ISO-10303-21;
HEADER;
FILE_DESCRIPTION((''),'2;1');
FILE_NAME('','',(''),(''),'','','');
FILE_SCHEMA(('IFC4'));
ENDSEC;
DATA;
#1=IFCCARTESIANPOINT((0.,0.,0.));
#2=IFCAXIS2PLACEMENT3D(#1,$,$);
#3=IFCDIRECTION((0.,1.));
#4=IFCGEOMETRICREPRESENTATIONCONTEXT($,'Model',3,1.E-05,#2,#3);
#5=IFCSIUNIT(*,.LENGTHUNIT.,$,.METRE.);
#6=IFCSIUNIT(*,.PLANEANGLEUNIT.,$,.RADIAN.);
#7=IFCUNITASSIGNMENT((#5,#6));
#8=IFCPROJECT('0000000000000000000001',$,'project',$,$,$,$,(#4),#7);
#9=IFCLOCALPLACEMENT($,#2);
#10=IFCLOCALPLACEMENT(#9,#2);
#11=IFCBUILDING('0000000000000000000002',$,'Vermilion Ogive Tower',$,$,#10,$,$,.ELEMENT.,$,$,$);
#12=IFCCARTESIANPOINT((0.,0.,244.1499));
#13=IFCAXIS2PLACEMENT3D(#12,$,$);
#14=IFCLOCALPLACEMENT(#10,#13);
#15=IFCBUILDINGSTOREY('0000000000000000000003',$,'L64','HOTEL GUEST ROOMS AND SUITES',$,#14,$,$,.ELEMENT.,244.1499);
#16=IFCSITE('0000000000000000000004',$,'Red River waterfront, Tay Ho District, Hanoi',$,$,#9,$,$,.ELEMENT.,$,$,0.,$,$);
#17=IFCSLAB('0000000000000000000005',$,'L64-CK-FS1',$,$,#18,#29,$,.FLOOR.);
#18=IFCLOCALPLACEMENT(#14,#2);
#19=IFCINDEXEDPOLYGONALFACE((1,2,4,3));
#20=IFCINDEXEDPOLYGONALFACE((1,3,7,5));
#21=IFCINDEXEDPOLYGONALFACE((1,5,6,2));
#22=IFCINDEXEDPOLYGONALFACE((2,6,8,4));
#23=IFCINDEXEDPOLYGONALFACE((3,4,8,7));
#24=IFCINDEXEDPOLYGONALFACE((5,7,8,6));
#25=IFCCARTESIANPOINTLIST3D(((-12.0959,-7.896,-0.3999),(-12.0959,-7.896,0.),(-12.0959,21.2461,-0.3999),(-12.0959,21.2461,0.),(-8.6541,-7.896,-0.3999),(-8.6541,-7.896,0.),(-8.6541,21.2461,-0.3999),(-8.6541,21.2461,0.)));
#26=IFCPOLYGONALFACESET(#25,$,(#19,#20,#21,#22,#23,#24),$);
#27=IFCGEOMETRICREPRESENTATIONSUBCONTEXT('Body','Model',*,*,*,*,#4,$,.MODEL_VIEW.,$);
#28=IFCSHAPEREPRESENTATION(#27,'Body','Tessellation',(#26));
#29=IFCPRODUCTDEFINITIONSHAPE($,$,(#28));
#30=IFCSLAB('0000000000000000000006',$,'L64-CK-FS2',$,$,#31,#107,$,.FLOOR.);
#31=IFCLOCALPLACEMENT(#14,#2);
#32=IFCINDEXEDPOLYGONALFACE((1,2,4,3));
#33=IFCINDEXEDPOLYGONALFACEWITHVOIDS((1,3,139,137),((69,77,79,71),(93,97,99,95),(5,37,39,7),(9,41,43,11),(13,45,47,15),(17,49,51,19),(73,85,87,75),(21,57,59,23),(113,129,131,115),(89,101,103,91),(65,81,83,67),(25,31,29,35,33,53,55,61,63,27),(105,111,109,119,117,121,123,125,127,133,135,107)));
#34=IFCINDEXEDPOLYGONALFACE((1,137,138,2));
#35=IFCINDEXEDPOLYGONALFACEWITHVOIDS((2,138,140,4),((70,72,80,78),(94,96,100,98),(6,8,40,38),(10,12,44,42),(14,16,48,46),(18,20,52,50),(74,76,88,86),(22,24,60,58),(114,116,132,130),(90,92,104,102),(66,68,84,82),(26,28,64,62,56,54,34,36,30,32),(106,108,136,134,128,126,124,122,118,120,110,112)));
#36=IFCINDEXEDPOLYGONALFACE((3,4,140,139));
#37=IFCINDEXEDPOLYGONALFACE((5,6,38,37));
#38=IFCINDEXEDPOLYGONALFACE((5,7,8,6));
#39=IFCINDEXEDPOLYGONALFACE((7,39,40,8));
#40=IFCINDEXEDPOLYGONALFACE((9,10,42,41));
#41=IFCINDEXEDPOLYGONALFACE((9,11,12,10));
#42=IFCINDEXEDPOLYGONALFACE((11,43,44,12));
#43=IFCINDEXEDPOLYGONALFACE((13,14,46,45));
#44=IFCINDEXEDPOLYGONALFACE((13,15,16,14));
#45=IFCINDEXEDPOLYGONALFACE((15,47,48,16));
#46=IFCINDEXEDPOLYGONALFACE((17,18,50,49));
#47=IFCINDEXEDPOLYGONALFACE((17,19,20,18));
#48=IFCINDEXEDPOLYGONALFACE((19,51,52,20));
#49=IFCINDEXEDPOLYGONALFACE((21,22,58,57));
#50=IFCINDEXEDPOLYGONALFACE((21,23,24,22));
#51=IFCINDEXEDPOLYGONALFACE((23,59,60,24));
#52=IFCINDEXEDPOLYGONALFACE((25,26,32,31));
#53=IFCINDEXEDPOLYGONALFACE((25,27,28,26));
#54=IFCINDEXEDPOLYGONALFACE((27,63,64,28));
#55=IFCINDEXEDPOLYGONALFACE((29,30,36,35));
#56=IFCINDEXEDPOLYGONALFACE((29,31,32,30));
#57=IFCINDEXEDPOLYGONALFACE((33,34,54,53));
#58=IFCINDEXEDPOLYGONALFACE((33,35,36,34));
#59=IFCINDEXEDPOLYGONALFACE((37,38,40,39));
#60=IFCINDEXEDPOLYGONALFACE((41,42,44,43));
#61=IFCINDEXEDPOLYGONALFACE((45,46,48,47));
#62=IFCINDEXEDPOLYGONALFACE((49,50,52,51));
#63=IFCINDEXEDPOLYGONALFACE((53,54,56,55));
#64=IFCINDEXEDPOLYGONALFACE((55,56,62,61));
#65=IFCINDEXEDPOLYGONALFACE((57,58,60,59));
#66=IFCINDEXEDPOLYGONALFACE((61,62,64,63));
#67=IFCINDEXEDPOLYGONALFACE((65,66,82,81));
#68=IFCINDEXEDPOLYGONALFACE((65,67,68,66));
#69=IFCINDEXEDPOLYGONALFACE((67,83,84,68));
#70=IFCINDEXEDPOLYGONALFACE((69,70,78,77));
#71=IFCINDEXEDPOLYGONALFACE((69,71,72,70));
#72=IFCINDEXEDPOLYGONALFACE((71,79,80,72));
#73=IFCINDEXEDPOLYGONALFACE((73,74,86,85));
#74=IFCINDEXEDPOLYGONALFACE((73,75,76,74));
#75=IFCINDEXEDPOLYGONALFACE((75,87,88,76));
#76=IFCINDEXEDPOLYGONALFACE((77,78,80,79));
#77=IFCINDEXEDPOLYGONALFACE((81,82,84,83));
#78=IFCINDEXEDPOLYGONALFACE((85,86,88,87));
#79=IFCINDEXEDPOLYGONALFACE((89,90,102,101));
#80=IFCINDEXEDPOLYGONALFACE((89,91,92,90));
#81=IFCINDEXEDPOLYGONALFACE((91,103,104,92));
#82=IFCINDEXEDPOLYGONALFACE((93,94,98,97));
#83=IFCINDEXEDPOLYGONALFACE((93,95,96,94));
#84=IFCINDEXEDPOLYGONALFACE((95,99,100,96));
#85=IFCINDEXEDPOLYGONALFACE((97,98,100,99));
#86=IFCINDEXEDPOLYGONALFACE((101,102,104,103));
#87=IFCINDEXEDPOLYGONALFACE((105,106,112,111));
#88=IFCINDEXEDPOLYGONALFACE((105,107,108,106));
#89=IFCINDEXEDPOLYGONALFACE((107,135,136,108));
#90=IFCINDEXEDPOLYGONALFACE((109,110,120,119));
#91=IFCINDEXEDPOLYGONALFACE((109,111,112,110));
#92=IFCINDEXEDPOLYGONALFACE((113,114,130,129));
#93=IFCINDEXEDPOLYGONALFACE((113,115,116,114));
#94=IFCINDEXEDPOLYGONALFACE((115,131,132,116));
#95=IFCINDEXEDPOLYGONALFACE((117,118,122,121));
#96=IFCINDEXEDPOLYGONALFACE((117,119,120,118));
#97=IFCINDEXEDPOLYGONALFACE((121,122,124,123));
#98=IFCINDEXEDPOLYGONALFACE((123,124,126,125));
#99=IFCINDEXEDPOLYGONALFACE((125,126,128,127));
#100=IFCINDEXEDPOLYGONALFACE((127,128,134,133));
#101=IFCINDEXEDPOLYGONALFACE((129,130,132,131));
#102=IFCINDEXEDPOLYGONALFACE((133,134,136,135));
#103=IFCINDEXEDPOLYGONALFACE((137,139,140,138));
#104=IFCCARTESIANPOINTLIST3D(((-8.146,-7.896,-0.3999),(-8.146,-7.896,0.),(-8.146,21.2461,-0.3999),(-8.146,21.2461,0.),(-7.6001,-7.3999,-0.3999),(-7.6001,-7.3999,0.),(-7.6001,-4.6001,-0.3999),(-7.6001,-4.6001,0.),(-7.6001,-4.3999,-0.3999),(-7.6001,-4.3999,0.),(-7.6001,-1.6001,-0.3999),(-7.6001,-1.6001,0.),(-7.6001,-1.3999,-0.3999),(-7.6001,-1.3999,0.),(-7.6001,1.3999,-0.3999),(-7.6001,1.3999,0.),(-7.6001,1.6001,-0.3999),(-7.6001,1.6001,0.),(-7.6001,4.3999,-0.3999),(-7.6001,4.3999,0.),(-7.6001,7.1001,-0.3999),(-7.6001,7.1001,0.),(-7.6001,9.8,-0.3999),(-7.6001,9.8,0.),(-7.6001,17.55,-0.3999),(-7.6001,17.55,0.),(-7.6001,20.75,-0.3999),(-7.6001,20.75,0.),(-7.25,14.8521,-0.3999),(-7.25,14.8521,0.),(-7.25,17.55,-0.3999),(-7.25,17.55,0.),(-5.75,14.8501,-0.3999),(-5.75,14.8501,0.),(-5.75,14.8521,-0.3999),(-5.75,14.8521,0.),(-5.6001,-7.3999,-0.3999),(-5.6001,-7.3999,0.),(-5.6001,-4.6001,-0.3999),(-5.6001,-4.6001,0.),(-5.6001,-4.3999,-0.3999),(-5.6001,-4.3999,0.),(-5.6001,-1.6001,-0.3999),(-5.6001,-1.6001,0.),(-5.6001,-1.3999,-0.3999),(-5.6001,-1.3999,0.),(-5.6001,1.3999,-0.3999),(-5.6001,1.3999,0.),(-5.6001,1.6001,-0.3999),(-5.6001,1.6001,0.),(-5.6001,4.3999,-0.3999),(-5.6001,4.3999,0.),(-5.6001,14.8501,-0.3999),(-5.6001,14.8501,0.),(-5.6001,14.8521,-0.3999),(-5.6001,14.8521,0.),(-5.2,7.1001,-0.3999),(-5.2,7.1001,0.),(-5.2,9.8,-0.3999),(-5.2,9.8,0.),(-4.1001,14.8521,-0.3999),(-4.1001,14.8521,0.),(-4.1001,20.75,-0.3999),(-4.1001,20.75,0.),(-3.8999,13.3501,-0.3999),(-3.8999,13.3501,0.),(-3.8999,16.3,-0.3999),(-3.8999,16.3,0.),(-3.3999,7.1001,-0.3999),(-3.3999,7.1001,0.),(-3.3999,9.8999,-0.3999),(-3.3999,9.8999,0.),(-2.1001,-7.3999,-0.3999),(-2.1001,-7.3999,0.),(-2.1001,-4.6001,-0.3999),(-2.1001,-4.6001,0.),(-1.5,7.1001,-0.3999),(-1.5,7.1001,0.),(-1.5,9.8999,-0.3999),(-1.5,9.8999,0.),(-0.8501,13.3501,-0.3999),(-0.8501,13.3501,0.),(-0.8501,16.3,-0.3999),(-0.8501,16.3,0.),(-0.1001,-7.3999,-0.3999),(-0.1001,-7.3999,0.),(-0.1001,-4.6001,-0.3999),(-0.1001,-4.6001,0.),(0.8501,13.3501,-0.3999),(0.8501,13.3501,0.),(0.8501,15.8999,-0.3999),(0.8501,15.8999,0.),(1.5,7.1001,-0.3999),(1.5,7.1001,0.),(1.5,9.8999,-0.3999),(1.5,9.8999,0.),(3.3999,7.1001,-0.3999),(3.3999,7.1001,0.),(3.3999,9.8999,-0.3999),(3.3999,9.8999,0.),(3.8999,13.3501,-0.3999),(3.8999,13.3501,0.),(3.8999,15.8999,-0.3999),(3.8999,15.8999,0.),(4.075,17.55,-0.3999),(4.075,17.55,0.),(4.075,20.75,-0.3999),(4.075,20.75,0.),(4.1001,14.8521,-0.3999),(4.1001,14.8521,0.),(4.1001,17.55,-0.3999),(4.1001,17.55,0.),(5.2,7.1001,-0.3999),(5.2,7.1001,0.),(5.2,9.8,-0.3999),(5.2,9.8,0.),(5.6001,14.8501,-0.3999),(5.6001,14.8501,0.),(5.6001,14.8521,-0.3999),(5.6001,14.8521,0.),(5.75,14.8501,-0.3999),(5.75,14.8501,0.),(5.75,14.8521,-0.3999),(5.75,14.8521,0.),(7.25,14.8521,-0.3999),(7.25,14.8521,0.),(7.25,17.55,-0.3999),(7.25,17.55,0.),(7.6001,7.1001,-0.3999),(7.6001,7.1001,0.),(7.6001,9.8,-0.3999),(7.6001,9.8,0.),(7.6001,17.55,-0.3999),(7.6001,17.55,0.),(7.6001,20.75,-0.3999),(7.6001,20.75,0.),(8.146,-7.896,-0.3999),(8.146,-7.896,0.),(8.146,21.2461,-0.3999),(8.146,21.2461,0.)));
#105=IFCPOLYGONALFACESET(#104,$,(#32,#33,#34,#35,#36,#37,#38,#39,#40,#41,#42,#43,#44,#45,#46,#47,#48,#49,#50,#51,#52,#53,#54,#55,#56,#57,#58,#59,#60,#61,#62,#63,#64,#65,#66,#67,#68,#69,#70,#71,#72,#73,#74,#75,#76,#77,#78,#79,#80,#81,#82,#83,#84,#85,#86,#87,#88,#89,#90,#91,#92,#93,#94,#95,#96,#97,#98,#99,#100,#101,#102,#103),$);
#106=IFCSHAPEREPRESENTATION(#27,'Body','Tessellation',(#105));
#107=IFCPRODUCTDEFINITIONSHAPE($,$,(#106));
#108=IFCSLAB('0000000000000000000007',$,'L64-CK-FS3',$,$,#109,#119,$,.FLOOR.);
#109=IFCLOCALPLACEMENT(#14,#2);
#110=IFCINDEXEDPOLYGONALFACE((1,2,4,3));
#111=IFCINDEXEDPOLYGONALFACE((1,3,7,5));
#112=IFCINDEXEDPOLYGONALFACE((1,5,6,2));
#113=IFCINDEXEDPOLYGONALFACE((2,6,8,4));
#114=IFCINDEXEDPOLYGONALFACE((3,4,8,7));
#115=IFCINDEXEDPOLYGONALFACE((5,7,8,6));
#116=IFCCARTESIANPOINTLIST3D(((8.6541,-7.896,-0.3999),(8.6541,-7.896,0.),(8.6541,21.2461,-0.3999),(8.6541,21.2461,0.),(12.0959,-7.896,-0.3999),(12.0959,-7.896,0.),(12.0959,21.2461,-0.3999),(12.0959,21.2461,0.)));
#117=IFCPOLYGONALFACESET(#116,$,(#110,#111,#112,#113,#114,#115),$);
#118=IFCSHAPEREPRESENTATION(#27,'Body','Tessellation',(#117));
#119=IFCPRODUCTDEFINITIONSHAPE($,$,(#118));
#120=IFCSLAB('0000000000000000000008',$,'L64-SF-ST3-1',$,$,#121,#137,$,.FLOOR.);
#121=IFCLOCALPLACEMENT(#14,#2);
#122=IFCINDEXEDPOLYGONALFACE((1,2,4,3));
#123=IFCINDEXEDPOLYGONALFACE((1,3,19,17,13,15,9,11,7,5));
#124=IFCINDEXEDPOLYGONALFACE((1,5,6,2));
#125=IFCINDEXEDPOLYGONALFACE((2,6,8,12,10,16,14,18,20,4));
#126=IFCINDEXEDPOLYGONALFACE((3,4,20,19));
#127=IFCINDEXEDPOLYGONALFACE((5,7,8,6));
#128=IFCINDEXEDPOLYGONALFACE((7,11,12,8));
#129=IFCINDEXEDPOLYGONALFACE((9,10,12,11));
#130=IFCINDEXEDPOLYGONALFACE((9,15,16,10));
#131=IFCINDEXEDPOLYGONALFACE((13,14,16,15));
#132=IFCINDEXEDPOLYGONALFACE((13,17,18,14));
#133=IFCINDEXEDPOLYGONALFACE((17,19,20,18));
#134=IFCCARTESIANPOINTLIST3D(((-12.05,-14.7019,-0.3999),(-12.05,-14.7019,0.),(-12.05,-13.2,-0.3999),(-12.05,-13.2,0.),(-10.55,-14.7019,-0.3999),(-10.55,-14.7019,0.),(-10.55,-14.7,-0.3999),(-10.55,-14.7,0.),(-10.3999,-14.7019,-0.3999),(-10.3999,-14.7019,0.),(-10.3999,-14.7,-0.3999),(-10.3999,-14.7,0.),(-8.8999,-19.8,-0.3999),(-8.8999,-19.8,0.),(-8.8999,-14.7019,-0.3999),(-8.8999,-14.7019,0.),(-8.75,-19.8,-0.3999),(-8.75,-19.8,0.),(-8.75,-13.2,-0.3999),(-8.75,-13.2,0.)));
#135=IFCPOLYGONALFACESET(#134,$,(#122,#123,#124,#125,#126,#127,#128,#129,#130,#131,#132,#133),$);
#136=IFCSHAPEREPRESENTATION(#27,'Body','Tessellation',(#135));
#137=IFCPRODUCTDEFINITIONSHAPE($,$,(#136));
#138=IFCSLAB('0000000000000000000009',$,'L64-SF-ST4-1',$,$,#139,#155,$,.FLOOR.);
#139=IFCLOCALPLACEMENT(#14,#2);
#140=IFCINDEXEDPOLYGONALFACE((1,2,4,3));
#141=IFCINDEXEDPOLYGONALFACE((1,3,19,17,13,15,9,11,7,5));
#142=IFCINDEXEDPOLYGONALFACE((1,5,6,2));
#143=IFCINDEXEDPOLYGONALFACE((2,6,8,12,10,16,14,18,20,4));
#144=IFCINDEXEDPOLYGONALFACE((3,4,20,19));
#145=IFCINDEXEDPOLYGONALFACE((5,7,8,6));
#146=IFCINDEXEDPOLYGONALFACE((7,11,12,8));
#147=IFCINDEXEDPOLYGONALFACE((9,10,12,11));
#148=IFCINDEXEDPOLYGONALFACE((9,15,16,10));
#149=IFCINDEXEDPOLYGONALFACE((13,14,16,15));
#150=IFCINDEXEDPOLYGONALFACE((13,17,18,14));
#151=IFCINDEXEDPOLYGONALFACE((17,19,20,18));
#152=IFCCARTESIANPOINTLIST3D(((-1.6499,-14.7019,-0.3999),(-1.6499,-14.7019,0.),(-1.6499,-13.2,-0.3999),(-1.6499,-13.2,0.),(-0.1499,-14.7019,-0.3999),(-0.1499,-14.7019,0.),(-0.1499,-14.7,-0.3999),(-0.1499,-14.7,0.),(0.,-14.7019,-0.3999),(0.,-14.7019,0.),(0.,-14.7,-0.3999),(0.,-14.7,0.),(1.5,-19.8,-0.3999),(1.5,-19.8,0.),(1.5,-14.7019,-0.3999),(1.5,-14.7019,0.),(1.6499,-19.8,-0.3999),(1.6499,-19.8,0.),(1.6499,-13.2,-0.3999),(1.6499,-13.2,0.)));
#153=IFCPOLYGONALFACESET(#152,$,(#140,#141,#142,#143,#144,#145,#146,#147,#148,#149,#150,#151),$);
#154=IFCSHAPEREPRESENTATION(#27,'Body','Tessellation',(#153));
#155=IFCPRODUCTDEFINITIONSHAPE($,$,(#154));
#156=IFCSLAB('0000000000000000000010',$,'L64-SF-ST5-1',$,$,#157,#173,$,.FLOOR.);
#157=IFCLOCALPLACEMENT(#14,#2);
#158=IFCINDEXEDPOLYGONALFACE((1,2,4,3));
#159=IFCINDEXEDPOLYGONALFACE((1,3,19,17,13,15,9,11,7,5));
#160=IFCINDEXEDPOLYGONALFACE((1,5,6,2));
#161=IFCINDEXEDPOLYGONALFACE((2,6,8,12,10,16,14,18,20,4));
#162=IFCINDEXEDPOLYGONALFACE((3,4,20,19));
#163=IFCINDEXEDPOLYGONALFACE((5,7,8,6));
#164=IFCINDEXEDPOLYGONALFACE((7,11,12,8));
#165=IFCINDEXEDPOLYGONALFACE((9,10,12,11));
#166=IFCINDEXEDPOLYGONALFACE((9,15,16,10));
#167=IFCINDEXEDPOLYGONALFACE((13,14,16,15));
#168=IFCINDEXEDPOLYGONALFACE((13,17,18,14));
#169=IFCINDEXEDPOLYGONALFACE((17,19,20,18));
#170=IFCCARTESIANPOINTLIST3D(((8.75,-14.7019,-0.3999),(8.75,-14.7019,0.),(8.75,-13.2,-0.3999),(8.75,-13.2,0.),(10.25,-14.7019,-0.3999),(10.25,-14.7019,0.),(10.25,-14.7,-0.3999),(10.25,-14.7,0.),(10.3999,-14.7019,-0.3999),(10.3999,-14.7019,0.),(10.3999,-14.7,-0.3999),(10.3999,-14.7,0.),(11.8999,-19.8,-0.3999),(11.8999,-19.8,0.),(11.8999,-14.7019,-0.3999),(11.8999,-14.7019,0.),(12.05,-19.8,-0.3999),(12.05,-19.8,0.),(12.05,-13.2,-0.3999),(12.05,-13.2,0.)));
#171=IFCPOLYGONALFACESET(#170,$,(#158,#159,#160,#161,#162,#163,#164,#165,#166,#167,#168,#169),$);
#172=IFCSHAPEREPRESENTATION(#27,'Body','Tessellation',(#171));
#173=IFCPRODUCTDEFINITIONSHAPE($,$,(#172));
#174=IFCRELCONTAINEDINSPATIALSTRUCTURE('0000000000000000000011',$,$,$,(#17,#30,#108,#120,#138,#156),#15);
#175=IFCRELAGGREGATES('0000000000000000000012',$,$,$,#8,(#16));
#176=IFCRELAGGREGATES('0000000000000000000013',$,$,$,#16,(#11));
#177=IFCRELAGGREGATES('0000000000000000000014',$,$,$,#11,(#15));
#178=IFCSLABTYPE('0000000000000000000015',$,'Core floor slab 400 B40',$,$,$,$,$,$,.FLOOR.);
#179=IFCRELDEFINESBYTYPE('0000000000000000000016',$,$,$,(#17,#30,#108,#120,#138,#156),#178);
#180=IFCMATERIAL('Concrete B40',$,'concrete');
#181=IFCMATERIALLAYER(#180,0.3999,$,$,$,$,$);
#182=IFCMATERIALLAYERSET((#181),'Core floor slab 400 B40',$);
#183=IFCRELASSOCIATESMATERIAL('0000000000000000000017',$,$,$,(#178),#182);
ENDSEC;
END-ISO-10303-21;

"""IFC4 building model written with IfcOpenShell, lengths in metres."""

from ifc_helpers import new_model, si_unit, direction, frame, origin, place, context, subcontext, project, spatial, polyline, outline, extrude, material, layer, layer_set, type_object, element, save


model = new_model("IFC4")

# Units and contexts
model_context = context("Model", 3, precision=1e-05, world=origin(), true_north=direction((0.0, 1.0)))
body_context = subcontext(model_context, "Body", "Model", "MODEL_VIEW")
ifc_project = project(units=[si_unit("LENGTHUNIT", "METRE"), si_unit("PLANEANGLEUNIT", "RADIAN")], contexts=[model_context])

# Site, building, storey
site_placement = place(None, origin())
site = spatial("IfcSite", under=ifc_project, at=site_placement, Name="Red River waterfront, Tay Ho District, Hanoi", CompositionType="ELEMENT", RefElevation=0.0)
building_placement = place(site_placement, origin())
building = spatial("IfcBuilding", under=site, at=building_placement, Name="Vermilion Ogive Tower", CompositionType="ELEMENT")
storey_placement = place(building_placement, frame((0.0, 0.0, 244.1499)))
storey = spatial("IfcBuildingStorey", under=building, at=storey_placement, Name="L64", Description="HOTEL GUEST ROOMS AND SUITES", CompositionType="ELEMENT", Elevation=244.1499)

# Slabs
ifc_material_1 = material(Name="Concrete B40", Category="concrete")
ifc_layer_1 = layer(ifc_material_1, 0.3999)
ifc_layer_set_1 = layer_set([ifc_layer_1], Name="Core floor slab 400 B40")
slab_type_1 = type_object("IfcSlabType", Name="Core floor slab 400 B40", PredefinedType="FLOOR", material=ifc_layer_set_1)
slab_1_placement = place(storey_placement, frame((0.0, 0.0, -0.3999)))
element("IfcSlab", 1, at=slab_1_placement, inside=storey, type_object=slab_type_1, Name="L64-CK-FS1", PredefinedType="FLOOR", context=body_context, shape_type="SweptSolid", body=[
    extrude(outline(polyline([(-8.6541, 21.2461), (-8.6541, -7.896), (-12.0959, -7.896), (-12.0959, 21.2461), (-8.6541, 21.2461)])), origin(), (0.0, 0.0, 1.0), 0.3999),
])
slab_2_placement = place(storey_placement, frame((0.0, 0.0, -0.3999)))
element("IfcSlab", 2, at=slab_2_placement, inside=storey, type_object=slab_type_1, Name="L64-CK-FS2", PredefinedType="FLOOR", context=body_context, shape_type="SweptSolid", body=[
    extrude(outline(polyline([(-8.146, -7.896), (8.146, -7.896), (8.146, 21.2461), (-8.146, 21.2461), (-8.146, -7.896)]), holes=[polyline([(-7.6001, -7.3999), (-7.6001, -4.6001), (-5.6001, -4.6001), (-5.6001, -7.3999), (-7.6001, -7.3999)]), polyline([(-7.6001, -4.3999), (-7.6001, -1.6001), (-5.6001, -1.6001), (-5.6001, -4.3999), (-7.6001, -4.3999)]), polyline([(-7.6001, -1.3999), (-7.6001, 1.3999), (-5.6001, 1.3999), (-5.6001, -1.3999), (-7.6001, -1.3999)]), polyline([(-7.6001, 1.6001), (-7.6001, 4.3999), (-5.6001, 4.3999), (-5.6001, 1.6001), (-7.6001, 1.6001)]), polyline([(-7.6001, 7.1001), (-7.6001, 9.8), (-5.2, 9.8), (-5.2, 7.1001), (-7.6001, 7.1001)]), polyline([(-3.3999, 9.8999), (-1.5, 9.8999), (-1.5, 7.1001), (-3.3999, 7.1001), (-3.3999, 9.8999)]), polyline([(-7.6001, 17.55), (-7.6001, 20.75), (-4.1001, 20.75), (-4.1001, 14.8521), (-5.6001, 14.8521), (-5.6001, 14.8501), (-5.75, 14.8501), (-5.75, 14.8521), (-7.25, 14.8521), (-7.25, 17.55), (-7.6001, 17.55)]), polyline([(-2.1001, -7.3999), (-2.1001, -4.6001), (-0.1001, -4.6001), (-0.1001, -7.3999), (-2.1001, -7.3999)]), polyline([(5.2, 7.1001), (5.2, 9.8), (7.6001, 9.8), (7.6001, 7.1001), (5.2, 7.1001)]), polyline([(1.5, 7.1001), (1.5, 9.8999), (3.3999, 9.8999), (3.3999, 7.1001), (1.5, 7.1001)]), polyline([(0.8501, 13.3501), (0.8501, 15.8999), (3.8999, 15.8999), (3.8999, 13.3501), (0.8501, 13.3501)]), polyline([(-3.8999, 16.3), (-0.8501, 16.3), (-0.8501, 13.3501), (-3.8999, 13.3501), (-3.8999, 16.3)]), polyline([(5.75, 14.8501), (5.6001, 14.8501), (5.6001, 14.8521), (4.1001, 14.8521), (4.1001, 17.55), (4.075, 17.55), (4.075, 20.75), (7.6001, 20.75), (7.6001, 17.55), (7.25, 17.55), (7.25, 14.8521), (5.75, 14.8521), (5.75, 14.8501)])]), origin(), (0.0, 0.0, 1.0), 0.3999),
])
slab_3_placement = place(storey_placement, frame((0.0, 0.0, -0.3999)))
element("IfcSlab", 3, at=slab_3_placement, inside=storey, type_object=slab_type_1, Name="L64-CK-FS3", PredefinedType="FLOOR", context=body_context, shape_type="SweptSolid", body=[
    extrude(outline(polyline([(8.6541, 21.2461), (12.0959, 21.2461), (12.0959, -7.896), (8.6541, -7.896), (8.6541, 21.2461)])), origin(), (0.0, 0.0, 1.0), 0.3999),
])
slab_4_placement = place(storey_placement, frame((0.0, 0.0, -0.3999)))
element("IfcSlab", 4, at=slab_4_placement, inside=storey, type_object=slab_type_1, Name="L64-SF-ST3-1", PredefinedType="FLOOR", context=body_context, shape_type="SweptSolid", body=[
    extrude(outline(polyline([(-12.05, -13.2), (-12.05, -14.7019), (-10.55, -14.7019), (-10.55, -14.7), (-10.3999, -14.7), (-10.3999, -14.7019), (-8.8999, -14.7019), (-8.8999, -19.8), (-8.75, -19.8), (-8.75, -13.2), (-12.05, -13.2)])), origin(), (0.0, 0.0, 1.0), 0.3999),
])
slab_5_placement = place(storey_placement, frame((0.0, 0.0, -0.3999)))
element("IfcSlab", 5, at=slab_5_placement, inside=storey, type_object=slab_type_1, Name="L64-SF-ST4-1", PredefinedType="FLOOR", context=body_context, shape_type="SweptSolid", body=[
    extrude(outline(polyline([(-1.6499, -13.2), (-1.6499, -14.7019), (-0.1499, -14.7019), (-0.1499, -14.7), (0.0, -14.7), (0.0, -14.7019), (1.5, -14.7019), (1.5, -19.8), (1.6499, -19.8), (1.6499, -13.2), (-1.6499, -13.2)])), origin(), (0.0, 0.0, 1.0), 0.3999),
])
slab_6_placement = place(storey_placement, frame((0.0, 0.0, -0.3999)))
element("IfcSlab", 6, at=slab_6_placement, inside=storey, type_object=slab_type_1, Name="L64-SF-ST5-1", PredefinedType="FLOOR", context=body_context, shape_type="SweptSolid", body=[
    extrude(outline(polyline([(8.75, -13.2), (8.75, -14.7019), (10.25, -14.7019), (10.25, -14.7), (10.3999, -14.7), (10.3999, -14.7019), (11.8999, -14.7019), (11.8999, -19.8), (12.05, -19.8), (12.05, -13.2), (8.75, -13.2)])), origin(), (0.0, 0.0, 1.0), 0.3999),
])

save(model, "model.ifc")
